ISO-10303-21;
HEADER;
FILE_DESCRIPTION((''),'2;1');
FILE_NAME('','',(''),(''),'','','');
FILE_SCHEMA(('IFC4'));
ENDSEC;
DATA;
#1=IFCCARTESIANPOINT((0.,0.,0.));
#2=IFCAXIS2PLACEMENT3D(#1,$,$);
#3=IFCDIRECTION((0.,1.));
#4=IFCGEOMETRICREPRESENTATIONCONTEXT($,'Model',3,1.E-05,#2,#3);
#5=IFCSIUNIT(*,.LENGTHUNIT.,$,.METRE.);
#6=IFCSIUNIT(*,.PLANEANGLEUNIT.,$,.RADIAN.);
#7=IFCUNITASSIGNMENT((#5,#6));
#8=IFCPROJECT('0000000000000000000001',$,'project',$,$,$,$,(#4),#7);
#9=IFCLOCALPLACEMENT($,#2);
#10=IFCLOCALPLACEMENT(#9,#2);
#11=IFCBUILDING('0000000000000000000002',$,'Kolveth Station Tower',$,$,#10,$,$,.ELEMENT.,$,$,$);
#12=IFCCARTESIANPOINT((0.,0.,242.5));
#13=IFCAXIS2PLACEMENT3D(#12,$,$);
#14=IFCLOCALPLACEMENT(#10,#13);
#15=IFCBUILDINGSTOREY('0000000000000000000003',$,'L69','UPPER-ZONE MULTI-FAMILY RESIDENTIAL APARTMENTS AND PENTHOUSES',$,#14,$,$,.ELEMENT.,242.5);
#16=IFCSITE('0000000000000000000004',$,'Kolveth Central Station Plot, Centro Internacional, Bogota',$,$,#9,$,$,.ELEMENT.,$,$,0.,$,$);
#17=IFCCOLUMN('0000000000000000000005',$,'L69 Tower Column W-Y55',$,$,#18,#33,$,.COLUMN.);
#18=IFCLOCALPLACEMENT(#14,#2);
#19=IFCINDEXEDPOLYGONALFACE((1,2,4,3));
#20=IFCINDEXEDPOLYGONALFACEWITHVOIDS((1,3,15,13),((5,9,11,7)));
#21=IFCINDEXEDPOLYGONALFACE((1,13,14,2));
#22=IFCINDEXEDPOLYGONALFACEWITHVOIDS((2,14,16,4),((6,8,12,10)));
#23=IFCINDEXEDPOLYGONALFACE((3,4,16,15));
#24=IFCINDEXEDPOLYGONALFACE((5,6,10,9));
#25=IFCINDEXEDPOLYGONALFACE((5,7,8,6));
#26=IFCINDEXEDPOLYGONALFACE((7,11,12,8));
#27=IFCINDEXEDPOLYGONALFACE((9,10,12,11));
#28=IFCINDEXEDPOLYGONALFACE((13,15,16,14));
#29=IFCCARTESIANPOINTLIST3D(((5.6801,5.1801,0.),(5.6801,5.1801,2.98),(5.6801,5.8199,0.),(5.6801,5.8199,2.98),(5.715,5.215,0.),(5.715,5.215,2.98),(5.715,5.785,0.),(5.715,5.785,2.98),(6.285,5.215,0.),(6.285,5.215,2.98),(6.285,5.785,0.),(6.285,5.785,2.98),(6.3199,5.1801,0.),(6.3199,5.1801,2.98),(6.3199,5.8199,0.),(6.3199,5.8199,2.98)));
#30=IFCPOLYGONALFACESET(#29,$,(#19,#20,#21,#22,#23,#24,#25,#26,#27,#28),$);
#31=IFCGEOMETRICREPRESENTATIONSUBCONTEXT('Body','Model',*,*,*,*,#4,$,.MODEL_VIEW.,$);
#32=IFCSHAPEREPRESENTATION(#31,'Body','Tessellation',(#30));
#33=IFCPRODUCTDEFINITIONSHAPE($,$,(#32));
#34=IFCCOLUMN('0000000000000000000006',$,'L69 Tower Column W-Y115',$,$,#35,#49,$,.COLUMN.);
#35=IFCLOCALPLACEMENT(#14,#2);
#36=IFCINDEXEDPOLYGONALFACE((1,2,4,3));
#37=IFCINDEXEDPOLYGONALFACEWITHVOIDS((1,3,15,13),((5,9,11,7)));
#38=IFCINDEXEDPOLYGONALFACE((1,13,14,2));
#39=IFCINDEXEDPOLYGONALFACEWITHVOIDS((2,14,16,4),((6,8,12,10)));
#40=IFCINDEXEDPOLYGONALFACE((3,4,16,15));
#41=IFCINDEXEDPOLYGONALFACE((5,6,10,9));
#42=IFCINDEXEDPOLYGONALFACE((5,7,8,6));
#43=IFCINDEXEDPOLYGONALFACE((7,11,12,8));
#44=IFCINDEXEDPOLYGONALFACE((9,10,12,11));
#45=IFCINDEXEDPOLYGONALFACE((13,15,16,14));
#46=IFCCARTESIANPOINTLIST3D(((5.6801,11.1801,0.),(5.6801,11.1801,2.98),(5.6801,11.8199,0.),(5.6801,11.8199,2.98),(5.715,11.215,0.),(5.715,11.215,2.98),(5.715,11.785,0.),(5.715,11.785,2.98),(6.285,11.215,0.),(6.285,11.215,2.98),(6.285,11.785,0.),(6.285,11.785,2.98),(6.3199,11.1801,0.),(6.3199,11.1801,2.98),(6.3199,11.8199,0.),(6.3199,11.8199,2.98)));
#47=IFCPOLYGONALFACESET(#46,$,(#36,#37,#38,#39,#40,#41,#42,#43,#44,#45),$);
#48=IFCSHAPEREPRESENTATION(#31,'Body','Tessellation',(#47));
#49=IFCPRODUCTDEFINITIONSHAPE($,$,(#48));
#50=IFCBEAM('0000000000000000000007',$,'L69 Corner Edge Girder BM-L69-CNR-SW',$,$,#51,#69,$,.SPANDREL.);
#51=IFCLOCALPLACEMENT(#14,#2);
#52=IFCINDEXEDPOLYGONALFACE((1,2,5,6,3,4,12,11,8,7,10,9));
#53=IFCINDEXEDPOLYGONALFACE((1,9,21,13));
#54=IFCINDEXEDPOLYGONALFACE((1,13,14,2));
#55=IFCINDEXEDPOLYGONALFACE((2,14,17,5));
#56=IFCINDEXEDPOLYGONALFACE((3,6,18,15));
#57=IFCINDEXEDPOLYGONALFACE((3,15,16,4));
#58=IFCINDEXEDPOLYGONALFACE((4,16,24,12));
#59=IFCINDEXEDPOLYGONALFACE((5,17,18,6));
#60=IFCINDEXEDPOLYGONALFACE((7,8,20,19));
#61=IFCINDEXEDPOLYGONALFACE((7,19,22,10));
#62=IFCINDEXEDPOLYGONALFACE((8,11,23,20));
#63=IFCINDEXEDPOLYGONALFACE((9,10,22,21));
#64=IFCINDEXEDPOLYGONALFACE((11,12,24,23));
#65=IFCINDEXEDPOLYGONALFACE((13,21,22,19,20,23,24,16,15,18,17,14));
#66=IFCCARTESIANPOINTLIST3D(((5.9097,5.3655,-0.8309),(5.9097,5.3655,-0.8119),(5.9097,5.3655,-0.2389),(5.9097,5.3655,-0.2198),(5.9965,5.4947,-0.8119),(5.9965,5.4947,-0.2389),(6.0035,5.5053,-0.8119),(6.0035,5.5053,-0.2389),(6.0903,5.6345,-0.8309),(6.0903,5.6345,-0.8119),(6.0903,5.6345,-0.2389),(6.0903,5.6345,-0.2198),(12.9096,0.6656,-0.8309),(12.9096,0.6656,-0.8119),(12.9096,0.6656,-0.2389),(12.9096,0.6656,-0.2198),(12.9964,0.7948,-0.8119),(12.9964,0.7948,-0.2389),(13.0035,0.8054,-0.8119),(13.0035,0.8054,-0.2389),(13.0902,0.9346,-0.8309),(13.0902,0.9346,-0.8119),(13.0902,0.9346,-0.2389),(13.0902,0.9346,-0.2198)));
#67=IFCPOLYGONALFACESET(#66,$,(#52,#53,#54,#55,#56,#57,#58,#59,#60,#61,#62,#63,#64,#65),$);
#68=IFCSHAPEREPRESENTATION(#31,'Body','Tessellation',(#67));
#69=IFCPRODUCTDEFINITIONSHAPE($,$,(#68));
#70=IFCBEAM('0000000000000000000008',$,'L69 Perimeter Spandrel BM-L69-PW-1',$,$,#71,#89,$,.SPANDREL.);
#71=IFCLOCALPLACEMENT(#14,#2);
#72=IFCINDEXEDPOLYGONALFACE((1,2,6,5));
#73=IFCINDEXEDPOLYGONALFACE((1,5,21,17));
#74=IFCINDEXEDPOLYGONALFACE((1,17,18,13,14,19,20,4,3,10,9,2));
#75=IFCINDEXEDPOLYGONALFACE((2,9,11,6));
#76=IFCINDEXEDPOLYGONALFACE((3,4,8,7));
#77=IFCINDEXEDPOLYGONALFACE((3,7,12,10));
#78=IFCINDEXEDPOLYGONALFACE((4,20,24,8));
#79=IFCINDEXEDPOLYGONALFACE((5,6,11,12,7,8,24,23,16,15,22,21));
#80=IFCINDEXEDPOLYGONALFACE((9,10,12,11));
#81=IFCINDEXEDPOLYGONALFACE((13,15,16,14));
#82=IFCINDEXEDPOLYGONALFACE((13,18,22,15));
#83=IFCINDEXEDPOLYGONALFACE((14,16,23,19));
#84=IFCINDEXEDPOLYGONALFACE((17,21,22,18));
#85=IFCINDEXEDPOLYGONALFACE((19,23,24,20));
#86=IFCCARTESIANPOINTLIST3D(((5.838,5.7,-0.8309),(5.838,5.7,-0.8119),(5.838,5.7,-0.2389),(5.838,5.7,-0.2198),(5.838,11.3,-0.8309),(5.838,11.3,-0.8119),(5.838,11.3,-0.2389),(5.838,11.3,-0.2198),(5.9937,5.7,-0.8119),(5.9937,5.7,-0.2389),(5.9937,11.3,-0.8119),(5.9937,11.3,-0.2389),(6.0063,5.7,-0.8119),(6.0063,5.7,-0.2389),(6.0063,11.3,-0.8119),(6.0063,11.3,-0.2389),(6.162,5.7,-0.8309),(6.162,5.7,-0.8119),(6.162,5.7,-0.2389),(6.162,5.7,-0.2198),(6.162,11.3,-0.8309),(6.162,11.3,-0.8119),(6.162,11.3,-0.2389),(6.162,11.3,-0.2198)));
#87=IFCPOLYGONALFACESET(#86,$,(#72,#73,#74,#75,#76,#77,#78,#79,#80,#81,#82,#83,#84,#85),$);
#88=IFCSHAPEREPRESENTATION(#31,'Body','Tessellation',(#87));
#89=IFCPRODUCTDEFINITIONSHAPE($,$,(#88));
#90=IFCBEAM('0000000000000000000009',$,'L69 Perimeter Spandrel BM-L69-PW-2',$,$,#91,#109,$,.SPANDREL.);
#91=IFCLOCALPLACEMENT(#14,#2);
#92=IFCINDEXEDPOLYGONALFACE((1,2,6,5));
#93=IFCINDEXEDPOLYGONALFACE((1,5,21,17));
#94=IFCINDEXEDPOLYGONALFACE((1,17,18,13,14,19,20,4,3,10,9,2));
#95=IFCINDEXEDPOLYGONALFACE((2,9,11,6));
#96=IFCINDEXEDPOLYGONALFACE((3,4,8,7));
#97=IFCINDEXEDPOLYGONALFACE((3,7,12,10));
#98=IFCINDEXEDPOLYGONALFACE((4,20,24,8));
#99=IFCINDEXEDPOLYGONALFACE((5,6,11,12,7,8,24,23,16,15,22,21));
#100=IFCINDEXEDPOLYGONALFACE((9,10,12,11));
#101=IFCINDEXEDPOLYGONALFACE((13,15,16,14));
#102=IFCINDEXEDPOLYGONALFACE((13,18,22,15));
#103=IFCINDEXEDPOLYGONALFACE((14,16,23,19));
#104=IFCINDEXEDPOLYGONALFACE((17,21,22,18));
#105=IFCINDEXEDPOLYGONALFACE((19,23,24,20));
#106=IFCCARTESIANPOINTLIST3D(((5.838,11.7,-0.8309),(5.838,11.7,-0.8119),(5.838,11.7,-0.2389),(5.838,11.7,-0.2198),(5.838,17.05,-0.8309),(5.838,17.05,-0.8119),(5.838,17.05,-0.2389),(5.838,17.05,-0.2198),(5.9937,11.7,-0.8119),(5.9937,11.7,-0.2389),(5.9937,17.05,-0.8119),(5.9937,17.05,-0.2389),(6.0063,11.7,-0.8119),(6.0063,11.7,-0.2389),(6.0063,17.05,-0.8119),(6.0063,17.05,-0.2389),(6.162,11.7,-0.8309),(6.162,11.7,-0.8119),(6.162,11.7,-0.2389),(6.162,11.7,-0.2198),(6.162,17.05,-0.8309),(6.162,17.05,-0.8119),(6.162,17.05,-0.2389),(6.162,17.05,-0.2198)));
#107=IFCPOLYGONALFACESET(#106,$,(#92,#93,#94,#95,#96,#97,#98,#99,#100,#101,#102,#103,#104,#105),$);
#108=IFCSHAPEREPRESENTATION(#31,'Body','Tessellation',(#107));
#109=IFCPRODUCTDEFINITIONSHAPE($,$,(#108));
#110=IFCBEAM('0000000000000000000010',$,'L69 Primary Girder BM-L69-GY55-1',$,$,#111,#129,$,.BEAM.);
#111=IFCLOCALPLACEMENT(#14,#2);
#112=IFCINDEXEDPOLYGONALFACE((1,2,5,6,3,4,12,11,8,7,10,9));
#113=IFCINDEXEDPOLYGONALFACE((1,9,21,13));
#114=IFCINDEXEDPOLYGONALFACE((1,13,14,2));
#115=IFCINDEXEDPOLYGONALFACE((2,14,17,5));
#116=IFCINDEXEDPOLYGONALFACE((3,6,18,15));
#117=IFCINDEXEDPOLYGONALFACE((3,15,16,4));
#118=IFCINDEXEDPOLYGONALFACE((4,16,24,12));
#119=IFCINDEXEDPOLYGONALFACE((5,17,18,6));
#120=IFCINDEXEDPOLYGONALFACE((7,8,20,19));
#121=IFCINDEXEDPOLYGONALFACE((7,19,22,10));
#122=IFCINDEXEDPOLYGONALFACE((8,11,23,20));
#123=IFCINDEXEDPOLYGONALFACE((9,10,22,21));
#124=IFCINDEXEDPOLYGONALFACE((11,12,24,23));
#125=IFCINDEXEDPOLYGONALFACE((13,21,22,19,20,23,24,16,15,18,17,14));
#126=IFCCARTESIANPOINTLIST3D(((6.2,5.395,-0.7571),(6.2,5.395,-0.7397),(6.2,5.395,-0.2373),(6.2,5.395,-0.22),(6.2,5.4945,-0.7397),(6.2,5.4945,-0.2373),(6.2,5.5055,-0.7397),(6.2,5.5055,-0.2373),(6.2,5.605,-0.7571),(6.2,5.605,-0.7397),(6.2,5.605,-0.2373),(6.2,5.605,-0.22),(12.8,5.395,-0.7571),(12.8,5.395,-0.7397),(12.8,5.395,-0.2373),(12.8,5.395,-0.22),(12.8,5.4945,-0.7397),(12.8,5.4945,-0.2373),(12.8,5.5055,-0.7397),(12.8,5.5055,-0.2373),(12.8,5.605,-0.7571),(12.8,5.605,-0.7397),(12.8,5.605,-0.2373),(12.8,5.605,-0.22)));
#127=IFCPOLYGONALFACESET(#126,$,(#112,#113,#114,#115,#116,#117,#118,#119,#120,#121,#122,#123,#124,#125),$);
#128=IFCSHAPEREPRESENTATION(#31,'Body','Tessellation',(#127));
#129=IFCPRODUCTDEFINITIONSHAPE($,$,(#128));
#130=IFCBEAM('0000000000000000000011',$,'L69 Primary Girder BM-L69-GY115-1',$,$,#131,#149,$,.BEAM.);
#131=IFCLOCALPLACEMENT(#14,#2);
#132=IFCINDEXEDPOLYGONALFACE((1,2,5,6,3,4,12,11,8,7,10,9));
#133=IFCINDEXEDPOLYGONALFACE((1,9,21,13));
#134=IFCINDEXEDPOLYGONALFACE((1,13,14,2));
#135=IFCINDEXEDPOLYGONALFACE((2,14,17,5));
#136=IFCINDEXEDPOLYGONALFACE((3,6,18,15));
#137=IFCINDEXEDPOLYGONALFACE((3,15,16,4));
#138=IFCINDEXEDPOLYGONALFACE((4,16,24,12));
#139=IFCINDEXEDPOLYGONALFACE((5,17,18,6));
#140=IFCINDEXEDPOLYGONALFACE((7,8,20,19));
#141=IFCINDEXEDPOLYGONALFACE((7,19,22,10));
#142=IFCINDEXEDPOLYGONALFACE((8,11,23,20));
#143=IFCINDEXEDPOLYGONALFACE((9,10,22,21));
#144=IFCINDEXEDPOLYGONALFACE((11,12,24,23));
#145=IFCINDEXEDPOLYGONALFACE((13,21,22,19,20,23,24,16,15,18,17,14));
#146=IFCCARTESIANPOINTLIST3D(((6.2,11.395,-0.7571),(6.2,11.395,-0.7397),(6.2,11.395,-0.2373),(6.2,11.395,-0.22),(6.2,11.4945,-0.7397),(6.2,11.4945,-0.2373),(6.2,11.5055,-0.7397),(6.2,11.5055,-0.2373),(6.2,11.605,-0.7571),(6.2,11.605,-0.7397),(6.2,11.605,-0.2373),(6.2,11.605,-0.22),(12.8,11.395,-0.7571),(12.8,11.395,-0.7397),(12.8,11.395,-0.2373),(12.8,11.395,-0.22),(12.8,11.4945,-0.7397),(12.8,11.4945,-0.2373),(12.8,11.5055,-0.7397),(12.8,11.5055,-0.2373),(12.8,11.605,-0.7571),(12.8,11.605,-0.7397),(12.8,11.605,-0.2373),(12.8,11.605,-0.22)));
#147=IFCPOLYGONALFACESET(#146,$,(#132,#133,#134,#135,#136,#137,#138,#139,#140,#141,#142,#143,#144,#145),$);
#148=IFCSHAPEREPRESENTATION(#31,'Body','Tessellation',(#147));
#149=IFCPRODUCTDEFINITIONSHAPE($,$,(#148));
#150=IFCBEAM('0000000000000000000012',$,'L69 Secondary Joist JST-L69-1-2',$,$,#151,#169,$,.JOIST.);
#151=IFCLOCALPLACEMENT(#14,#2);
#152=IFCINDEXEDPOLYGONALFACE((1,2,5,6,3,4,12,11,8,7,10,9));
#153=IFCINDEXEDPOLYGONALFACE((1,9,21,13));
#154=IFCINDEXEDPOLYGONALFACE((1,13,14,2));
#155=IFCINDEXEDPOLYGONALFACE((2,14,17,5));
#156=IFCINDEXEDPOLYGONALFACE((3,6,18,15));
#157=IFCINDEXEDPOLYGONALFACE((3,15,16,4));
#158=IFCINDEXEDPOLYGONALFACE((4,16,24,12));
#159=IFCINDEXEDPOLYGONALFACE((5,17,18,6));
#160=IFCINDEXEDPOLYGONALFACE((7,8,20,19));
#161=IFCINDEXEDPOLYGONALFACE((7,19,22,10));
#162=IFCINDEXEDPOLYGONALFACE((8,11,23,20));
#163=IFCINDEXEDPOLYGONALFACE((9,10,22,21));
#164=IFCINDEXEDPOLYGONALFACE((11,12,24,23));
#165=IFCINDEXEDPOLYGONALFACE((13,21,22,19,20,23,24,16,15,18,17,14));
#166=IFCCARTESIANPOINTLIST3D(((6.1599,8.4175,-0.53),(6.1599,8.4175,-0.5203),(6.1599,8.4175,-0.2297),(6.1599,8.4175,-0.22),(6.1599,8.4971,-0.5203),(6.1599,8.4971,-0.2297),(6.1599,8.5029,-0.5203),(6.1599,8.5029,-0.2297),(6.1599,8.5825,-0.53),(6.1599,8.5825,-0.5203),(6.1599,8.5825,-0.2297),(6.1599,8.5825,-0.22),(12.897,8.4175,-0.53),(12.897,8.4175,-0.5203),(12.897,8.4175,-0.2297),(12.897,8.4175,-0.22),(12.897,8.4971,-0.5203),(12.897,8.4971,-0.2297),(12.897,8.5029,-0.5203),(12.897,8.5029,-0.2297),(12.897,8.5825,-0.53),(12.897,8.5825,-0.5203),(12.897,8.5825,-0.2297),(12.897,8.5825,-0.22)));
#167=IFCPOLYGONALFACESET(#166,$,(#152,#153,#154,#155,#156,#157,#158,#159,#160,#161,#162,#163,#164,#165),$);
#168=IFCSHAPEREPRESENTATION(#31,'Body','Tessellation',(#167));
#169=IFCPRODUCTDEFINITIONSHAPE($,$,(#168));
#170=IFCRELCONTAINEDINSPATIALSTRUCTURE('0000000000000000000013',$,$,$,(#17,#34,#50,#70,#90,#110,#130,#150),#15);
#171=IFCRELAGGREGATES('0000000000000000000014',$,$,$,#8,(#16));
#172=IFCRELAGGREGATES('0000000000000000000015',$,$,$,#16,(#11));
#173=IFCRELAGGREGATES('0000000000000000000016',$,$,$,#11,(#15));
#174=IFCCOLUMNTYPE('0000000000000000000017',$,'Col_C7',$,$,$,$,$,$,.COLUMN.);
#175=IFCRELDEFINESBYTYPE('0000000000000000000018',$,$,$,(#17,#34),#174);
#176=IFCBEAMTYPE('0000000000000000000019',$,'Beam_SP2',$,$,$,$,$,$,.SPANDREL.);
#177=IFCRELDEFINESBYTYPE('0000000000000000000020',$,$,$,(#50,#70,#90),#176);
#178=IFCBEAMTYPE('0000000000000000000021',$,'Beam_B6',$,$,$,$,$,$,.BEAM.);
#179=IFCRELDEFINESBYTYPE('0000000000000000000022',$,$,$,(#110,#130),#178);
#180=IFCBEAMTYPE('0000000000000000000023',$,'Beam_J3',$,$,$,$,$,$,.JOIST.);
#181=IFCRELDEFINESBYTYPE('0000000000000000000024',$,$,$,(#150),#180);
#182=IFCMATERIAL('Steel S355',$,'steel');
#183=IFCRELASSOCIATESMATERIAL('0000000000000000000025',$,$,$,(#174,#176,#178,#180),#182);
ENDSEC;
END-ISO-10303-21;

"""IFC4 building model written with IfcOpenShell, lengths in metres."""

from ifc_helpers import new_model, si_unit, direction, frame, origin, origin_2d, place, context, subcontext, project, spatial, hollow_rectangle, i_section, extrude, source, transform, mapped, material, material_profile, profile_set, type_object, element, save


model = new_model("IFC4")

# Units and contexts
model_context = context("Model", 3, precision=1e-05, world=origin(), true_north=direction((0.0, 1.0)))
body_context = subcontext(model_context, "Body", "Model", "MODEL_VIEW")
ifc_project = project(units=[si_unit("LENGTHUNIT", "METRE"), si_unit("PLANEANGLEUNIT", "RADIAN")], contexts=[model_context])

# Site, building, storey
site_placement = place(None, origin())
site = spatial("IfcSite", under=ifc_project, at=site_placement, Name="Kolveth Central Station Plot, Centro Internacional, Bogota", CompositionType="ELEMENT", RefElevation=0.0)
building_placement = place(site_placement, origin())
building = spatial("IfcBuilding", under=site, at=building_placement, Name="Kolveth Station Tower", CompositionType="ELEMENT")
storey_placement = place(building_placement, frame((0.0, 0.0, 242.5)))
storey = spatial("IfcBuildingStorey", under=building, at=storey_placement, Name="L69", Description="UPPER-ZONE MULTI-FAMILY RESIDENTIAL APARTMENTS AND PENTHOUSES", CompositionType="ELEMENT", Elevation=242.5)

# Columns
ifc_material_1 = material(Name="Steel S355", Category="steel")
ifc_material_profile_1 = material_profile(ifc_material_1, hollow_rectangle(XDim=0.6399, YDim=0.6399, WallThickness=0.0349, at=origin_2d()), Name="BOX640x640x35")
ifc_profile_set_1 = profile_set([ifc_material_profile_1], Name="Steel S355")
column_type = type_object("IfcColumnType", Name="Col_C7", PredefinedType="COLUMN", material=ifc_profile_set_1)
shared_shape_1 = source(origin(), body_context, "Body", "SweptSolid", [
    extrude(hollow_rectangle(XDim=0.6399, YDim=0.6399, WallThickness=0.0349, at=origin_2d()), origin(), (0.0, 0.0, 1.0), 2.98),
])
for number, where, z_axis, x_axis, name in (
    (1, (6.0, 5.5, 0.0), (0.0, 0.0, 1.0), (1.0, 0.0, 0.0), "L69 Tower Column W-Y55"),
    (2, (6.0, 11.5, 0.0), (0.0, 0.0, 1.0), (1.0, 0.0, 0.0), "L69 Tower Column W-Y115"),
):
    element("IfcColumn", number, at=place(storey_placement, frame(where, z_axis=z_axis, x_axis=x_axis)), inside=storey, type_object=column_type, Name=name, PredefinedType="COLUMN", context=body_context, shape_type="MappedRepresentation", body=[
        mapped(shared_shape_1, transform((0.0, 0.0, 0.0), x_axis=(1.0, 0.0, 0.0), y_axis=(0.0, 1.0, 0.0), z_axis=(0.0, 0.0, 1.0), scale=1.0)),
    ])

# Beams
ifc_material_profile_2 = material_profile(ifc_material_1, i_section(OverallWidth=0.324, OverallDepth=0.6111, WebThickness=0.0127, FlangeThickness=0.019, at=origin_2d()), Name="W610x155")
ifc_profile_set_2 = profile_set([ifc_material_profile_2], Name="Steel S355")
beam_type_1 = type_object("IfcBeamType", Name="Beam_SP2", PredefinedType="SPANDREL", material=ifc_profile_set_2)
shared_shape_2 = source(origin(), body_context, "Body", "SweptSolid", [
    extrude(i_section(OverallWidth=0.324, OverallDepth=0.6111, WebThickness=0.0127, FlangeThickness=0.019, at=origin_2d()), origin(), (0.0, 0.0, 1.0), 8.4314),
])
beam_1_placement = place(storey_placement, frame((6.0, 5.5, -0.5254), z_axis=(0.830224, -0.55743, 0.0), x_axis=(0.55743, 0.830224, 0.0)))
element("IfcBeam", 3, at=beam_1_placement, inside=storey, type_object=beam_type_1, Name="L69 Corner Edge Girder BM-L69-CNR-SW", PredefinedType="SPANDREL", context=body_context, shape_type="MappedRepresentation", body=[
    mapped(shared_shape_2, transform((0.0, 0.0, 0.0), x_axis=(1.0, 0.0, 0.0), y_axis=(0.0, 1.0, 0.0), z_axis=(0.0, 0.0, 1.0), scale=1.0)),
])
shared_shape_3 = source(origin(), body_context, "Body", "SweptSolid", [
    extrude(i_section(OverallWidth=0.324, OverallDepth=0.6111, WebThickness=0.0127, FlangeThickness=0.019, at=origin_2d()), origin(), (0.0, 0.0, 1.0), 5.6001),
])
beam_2_placement = place(storey_placement, frame((6.0, 5.7, -0.5254), z_axis=(0.0, 1.0, 0.0), x_axis=(-1.0, 0.0, 0.0)))
element("IfcBeam", 4, at=beam_2_placement, inside=storey, type_object=beam_type_1, Name="L69 Perimeter Spandrel BM-L69-PW-1", PredefinedType="SPANDREL", context=body_context, shape_type="MappedRepresentation", body=[
    mapped(shared_shape_3, transform((0.0, 0.0, 0.0), x_axis=(1.0, 0.0, 0.0), y_axis=(0.0, 1.0, 0.0), z_axis=(0.0, 0.0, 1.0), scale=1.0)),
])
shared_shape_4 = source(origin(), body_context, "Body", "SweptSolid", [
    extrude(i_section(OverallWidth=0.324, OverallDepth=0.6111, WebThickness=0.0127, FlangeThickness=0.019, at=origin_2d()), origin(), (0.0, 0.0, 1.0), 5.3501),
])
beam_3_placement = place(storey_placement, frame((6.0, 11.7, -0.5254), z_axis=(0.0, 1.0, 0.0), x_axis=(-1.0, 0.0, 0.0)))
element("IfcBeam", 5, at=beam_3_placement, inside=storey, type_object=beam_type_1, Name="L69 Perimeter Spandrel BM-L69-PW-2", PredefinedType="SPANDREL", context=body_context, shape_type="MappedRepresentation", body=[
    mapped(shared_shape_4, transform((0.0, 0.0, 0.0), x_axis=(1.0, 0.0, 0.0), y_axis=(0.0, 1.0, 0.0), z_axis=(0.0, 0.0, 1.0), scale=1.0)),
])
ifc_material_profile_3 = material_profile(ifc_material_1, i_section(OverallWidth=0.21, OverallDepth=0.5371, WebThickness=0.011, FlangeThickness=0.0173, at=origin_2d()), Name="W530x101")
ifc_profile_set_3 = profile_set([ifc_material_profile_3], Name="Steel S355")
beam_type_2 = type_object("IfcBeamType", Name="Beam_B6", PredefinedType="BEAM", material=ifc_profile_set_3)
shared_shape_5 = source(origin(), body_context, "Body", "SweptSolid", [
    extrude(i_section(OverallWidth=0.21, OverallDepth=0.5371, WebThickness=0.011, FlangeThickness=0.0173, at=origin_2d()), origin(), (0.0, 0.0, 1.0), 6.6001),
])
for number, where, z_axis, x_axis, name in (
    (6, (6.2, 5.5, -0.4885), (1.0, 0.0, 0.0), (0.0, 1.0, 0.0), "L69 Primary Girder BM-L69-GY55-1"),
    (7, (6.2, 11.5, -0.4885), (1.0, 0.0, 0.0), (0.0, 1.0, 0.0), "L69 Primary Girder BM-L69-GY115-1"),
):
    element("IfcBeam", number, at=place(storey_placement, frame(where, z_axis=z_axis, x_axis=x_axis)), inside=storey, type_object=beam_type_2, Name=name, PredefinedType="BEAM", context=body_context, shape_type="MappedRepresentation", body=[
        mapped(shared_shape_5, transform((0.0, 0.0, 0.0), x_axis=(1.0, 0.0, 0.0), y_axis=(0.0, 1.0, 0.0), z_axis=(0.0, 0.0, 1.0), scale=1.0)),
    ])
ifc_material_profile_4 = material_profile(ifc_material_1, i_section(OverallWidth=0.165, OverallDepth=0.3101, WebThickness=0.0059, FlangeThickness=0.0098, at=origin_2d()), Name="W310x39")
ifc_profile_set_4 = profile_set([ifc_material_profile_4], Name="Steel S355")
beam_type_3 = type_object("IfcBeamType", Name="Beam_J3", PredefinedType="JOIST", material=ifc_profile_set_4)
shared_shape_6 = source(origin(), body_context, "Body", "SweptSolid", [
    extrude(i_section(OverallWidth=0.165, OverallDepth=0.3101, WebThickness=0.0059, FlangeThickness=0.0098, at=origin_2d()), origin(), (0.0, 0.0, 1.0), 6.7371),
])
for number, where, z_axis, x_axis, name in (
    (8, (6.1599, 8.5, -0.375), (1.0, 0.0, 0.0), (0.0, 1.0, 0.0), "L69 Secondary Joist JST-L69-1-2"),
):
    element("IfcBeam", number, at=place(storey_placement, frame(where, z_axis=z_axis, x_axis=x_axis)), inside=storey, type_object=beam_type_3, Name=name, PredefinedType="JOIST", context=body_context, shape_type="MappedRepresentation", body=[
        mapped(shared_shape_6, transform((0.0, 0.0, 0.0), x_axis=(1.0, 0.0, 0.0), y_axis=(0.0, 1.0, 0.0), z_axis=(0.0, 0.0, 1.0), scale=1.0)),
    ])

save(model, "model.ifc")
